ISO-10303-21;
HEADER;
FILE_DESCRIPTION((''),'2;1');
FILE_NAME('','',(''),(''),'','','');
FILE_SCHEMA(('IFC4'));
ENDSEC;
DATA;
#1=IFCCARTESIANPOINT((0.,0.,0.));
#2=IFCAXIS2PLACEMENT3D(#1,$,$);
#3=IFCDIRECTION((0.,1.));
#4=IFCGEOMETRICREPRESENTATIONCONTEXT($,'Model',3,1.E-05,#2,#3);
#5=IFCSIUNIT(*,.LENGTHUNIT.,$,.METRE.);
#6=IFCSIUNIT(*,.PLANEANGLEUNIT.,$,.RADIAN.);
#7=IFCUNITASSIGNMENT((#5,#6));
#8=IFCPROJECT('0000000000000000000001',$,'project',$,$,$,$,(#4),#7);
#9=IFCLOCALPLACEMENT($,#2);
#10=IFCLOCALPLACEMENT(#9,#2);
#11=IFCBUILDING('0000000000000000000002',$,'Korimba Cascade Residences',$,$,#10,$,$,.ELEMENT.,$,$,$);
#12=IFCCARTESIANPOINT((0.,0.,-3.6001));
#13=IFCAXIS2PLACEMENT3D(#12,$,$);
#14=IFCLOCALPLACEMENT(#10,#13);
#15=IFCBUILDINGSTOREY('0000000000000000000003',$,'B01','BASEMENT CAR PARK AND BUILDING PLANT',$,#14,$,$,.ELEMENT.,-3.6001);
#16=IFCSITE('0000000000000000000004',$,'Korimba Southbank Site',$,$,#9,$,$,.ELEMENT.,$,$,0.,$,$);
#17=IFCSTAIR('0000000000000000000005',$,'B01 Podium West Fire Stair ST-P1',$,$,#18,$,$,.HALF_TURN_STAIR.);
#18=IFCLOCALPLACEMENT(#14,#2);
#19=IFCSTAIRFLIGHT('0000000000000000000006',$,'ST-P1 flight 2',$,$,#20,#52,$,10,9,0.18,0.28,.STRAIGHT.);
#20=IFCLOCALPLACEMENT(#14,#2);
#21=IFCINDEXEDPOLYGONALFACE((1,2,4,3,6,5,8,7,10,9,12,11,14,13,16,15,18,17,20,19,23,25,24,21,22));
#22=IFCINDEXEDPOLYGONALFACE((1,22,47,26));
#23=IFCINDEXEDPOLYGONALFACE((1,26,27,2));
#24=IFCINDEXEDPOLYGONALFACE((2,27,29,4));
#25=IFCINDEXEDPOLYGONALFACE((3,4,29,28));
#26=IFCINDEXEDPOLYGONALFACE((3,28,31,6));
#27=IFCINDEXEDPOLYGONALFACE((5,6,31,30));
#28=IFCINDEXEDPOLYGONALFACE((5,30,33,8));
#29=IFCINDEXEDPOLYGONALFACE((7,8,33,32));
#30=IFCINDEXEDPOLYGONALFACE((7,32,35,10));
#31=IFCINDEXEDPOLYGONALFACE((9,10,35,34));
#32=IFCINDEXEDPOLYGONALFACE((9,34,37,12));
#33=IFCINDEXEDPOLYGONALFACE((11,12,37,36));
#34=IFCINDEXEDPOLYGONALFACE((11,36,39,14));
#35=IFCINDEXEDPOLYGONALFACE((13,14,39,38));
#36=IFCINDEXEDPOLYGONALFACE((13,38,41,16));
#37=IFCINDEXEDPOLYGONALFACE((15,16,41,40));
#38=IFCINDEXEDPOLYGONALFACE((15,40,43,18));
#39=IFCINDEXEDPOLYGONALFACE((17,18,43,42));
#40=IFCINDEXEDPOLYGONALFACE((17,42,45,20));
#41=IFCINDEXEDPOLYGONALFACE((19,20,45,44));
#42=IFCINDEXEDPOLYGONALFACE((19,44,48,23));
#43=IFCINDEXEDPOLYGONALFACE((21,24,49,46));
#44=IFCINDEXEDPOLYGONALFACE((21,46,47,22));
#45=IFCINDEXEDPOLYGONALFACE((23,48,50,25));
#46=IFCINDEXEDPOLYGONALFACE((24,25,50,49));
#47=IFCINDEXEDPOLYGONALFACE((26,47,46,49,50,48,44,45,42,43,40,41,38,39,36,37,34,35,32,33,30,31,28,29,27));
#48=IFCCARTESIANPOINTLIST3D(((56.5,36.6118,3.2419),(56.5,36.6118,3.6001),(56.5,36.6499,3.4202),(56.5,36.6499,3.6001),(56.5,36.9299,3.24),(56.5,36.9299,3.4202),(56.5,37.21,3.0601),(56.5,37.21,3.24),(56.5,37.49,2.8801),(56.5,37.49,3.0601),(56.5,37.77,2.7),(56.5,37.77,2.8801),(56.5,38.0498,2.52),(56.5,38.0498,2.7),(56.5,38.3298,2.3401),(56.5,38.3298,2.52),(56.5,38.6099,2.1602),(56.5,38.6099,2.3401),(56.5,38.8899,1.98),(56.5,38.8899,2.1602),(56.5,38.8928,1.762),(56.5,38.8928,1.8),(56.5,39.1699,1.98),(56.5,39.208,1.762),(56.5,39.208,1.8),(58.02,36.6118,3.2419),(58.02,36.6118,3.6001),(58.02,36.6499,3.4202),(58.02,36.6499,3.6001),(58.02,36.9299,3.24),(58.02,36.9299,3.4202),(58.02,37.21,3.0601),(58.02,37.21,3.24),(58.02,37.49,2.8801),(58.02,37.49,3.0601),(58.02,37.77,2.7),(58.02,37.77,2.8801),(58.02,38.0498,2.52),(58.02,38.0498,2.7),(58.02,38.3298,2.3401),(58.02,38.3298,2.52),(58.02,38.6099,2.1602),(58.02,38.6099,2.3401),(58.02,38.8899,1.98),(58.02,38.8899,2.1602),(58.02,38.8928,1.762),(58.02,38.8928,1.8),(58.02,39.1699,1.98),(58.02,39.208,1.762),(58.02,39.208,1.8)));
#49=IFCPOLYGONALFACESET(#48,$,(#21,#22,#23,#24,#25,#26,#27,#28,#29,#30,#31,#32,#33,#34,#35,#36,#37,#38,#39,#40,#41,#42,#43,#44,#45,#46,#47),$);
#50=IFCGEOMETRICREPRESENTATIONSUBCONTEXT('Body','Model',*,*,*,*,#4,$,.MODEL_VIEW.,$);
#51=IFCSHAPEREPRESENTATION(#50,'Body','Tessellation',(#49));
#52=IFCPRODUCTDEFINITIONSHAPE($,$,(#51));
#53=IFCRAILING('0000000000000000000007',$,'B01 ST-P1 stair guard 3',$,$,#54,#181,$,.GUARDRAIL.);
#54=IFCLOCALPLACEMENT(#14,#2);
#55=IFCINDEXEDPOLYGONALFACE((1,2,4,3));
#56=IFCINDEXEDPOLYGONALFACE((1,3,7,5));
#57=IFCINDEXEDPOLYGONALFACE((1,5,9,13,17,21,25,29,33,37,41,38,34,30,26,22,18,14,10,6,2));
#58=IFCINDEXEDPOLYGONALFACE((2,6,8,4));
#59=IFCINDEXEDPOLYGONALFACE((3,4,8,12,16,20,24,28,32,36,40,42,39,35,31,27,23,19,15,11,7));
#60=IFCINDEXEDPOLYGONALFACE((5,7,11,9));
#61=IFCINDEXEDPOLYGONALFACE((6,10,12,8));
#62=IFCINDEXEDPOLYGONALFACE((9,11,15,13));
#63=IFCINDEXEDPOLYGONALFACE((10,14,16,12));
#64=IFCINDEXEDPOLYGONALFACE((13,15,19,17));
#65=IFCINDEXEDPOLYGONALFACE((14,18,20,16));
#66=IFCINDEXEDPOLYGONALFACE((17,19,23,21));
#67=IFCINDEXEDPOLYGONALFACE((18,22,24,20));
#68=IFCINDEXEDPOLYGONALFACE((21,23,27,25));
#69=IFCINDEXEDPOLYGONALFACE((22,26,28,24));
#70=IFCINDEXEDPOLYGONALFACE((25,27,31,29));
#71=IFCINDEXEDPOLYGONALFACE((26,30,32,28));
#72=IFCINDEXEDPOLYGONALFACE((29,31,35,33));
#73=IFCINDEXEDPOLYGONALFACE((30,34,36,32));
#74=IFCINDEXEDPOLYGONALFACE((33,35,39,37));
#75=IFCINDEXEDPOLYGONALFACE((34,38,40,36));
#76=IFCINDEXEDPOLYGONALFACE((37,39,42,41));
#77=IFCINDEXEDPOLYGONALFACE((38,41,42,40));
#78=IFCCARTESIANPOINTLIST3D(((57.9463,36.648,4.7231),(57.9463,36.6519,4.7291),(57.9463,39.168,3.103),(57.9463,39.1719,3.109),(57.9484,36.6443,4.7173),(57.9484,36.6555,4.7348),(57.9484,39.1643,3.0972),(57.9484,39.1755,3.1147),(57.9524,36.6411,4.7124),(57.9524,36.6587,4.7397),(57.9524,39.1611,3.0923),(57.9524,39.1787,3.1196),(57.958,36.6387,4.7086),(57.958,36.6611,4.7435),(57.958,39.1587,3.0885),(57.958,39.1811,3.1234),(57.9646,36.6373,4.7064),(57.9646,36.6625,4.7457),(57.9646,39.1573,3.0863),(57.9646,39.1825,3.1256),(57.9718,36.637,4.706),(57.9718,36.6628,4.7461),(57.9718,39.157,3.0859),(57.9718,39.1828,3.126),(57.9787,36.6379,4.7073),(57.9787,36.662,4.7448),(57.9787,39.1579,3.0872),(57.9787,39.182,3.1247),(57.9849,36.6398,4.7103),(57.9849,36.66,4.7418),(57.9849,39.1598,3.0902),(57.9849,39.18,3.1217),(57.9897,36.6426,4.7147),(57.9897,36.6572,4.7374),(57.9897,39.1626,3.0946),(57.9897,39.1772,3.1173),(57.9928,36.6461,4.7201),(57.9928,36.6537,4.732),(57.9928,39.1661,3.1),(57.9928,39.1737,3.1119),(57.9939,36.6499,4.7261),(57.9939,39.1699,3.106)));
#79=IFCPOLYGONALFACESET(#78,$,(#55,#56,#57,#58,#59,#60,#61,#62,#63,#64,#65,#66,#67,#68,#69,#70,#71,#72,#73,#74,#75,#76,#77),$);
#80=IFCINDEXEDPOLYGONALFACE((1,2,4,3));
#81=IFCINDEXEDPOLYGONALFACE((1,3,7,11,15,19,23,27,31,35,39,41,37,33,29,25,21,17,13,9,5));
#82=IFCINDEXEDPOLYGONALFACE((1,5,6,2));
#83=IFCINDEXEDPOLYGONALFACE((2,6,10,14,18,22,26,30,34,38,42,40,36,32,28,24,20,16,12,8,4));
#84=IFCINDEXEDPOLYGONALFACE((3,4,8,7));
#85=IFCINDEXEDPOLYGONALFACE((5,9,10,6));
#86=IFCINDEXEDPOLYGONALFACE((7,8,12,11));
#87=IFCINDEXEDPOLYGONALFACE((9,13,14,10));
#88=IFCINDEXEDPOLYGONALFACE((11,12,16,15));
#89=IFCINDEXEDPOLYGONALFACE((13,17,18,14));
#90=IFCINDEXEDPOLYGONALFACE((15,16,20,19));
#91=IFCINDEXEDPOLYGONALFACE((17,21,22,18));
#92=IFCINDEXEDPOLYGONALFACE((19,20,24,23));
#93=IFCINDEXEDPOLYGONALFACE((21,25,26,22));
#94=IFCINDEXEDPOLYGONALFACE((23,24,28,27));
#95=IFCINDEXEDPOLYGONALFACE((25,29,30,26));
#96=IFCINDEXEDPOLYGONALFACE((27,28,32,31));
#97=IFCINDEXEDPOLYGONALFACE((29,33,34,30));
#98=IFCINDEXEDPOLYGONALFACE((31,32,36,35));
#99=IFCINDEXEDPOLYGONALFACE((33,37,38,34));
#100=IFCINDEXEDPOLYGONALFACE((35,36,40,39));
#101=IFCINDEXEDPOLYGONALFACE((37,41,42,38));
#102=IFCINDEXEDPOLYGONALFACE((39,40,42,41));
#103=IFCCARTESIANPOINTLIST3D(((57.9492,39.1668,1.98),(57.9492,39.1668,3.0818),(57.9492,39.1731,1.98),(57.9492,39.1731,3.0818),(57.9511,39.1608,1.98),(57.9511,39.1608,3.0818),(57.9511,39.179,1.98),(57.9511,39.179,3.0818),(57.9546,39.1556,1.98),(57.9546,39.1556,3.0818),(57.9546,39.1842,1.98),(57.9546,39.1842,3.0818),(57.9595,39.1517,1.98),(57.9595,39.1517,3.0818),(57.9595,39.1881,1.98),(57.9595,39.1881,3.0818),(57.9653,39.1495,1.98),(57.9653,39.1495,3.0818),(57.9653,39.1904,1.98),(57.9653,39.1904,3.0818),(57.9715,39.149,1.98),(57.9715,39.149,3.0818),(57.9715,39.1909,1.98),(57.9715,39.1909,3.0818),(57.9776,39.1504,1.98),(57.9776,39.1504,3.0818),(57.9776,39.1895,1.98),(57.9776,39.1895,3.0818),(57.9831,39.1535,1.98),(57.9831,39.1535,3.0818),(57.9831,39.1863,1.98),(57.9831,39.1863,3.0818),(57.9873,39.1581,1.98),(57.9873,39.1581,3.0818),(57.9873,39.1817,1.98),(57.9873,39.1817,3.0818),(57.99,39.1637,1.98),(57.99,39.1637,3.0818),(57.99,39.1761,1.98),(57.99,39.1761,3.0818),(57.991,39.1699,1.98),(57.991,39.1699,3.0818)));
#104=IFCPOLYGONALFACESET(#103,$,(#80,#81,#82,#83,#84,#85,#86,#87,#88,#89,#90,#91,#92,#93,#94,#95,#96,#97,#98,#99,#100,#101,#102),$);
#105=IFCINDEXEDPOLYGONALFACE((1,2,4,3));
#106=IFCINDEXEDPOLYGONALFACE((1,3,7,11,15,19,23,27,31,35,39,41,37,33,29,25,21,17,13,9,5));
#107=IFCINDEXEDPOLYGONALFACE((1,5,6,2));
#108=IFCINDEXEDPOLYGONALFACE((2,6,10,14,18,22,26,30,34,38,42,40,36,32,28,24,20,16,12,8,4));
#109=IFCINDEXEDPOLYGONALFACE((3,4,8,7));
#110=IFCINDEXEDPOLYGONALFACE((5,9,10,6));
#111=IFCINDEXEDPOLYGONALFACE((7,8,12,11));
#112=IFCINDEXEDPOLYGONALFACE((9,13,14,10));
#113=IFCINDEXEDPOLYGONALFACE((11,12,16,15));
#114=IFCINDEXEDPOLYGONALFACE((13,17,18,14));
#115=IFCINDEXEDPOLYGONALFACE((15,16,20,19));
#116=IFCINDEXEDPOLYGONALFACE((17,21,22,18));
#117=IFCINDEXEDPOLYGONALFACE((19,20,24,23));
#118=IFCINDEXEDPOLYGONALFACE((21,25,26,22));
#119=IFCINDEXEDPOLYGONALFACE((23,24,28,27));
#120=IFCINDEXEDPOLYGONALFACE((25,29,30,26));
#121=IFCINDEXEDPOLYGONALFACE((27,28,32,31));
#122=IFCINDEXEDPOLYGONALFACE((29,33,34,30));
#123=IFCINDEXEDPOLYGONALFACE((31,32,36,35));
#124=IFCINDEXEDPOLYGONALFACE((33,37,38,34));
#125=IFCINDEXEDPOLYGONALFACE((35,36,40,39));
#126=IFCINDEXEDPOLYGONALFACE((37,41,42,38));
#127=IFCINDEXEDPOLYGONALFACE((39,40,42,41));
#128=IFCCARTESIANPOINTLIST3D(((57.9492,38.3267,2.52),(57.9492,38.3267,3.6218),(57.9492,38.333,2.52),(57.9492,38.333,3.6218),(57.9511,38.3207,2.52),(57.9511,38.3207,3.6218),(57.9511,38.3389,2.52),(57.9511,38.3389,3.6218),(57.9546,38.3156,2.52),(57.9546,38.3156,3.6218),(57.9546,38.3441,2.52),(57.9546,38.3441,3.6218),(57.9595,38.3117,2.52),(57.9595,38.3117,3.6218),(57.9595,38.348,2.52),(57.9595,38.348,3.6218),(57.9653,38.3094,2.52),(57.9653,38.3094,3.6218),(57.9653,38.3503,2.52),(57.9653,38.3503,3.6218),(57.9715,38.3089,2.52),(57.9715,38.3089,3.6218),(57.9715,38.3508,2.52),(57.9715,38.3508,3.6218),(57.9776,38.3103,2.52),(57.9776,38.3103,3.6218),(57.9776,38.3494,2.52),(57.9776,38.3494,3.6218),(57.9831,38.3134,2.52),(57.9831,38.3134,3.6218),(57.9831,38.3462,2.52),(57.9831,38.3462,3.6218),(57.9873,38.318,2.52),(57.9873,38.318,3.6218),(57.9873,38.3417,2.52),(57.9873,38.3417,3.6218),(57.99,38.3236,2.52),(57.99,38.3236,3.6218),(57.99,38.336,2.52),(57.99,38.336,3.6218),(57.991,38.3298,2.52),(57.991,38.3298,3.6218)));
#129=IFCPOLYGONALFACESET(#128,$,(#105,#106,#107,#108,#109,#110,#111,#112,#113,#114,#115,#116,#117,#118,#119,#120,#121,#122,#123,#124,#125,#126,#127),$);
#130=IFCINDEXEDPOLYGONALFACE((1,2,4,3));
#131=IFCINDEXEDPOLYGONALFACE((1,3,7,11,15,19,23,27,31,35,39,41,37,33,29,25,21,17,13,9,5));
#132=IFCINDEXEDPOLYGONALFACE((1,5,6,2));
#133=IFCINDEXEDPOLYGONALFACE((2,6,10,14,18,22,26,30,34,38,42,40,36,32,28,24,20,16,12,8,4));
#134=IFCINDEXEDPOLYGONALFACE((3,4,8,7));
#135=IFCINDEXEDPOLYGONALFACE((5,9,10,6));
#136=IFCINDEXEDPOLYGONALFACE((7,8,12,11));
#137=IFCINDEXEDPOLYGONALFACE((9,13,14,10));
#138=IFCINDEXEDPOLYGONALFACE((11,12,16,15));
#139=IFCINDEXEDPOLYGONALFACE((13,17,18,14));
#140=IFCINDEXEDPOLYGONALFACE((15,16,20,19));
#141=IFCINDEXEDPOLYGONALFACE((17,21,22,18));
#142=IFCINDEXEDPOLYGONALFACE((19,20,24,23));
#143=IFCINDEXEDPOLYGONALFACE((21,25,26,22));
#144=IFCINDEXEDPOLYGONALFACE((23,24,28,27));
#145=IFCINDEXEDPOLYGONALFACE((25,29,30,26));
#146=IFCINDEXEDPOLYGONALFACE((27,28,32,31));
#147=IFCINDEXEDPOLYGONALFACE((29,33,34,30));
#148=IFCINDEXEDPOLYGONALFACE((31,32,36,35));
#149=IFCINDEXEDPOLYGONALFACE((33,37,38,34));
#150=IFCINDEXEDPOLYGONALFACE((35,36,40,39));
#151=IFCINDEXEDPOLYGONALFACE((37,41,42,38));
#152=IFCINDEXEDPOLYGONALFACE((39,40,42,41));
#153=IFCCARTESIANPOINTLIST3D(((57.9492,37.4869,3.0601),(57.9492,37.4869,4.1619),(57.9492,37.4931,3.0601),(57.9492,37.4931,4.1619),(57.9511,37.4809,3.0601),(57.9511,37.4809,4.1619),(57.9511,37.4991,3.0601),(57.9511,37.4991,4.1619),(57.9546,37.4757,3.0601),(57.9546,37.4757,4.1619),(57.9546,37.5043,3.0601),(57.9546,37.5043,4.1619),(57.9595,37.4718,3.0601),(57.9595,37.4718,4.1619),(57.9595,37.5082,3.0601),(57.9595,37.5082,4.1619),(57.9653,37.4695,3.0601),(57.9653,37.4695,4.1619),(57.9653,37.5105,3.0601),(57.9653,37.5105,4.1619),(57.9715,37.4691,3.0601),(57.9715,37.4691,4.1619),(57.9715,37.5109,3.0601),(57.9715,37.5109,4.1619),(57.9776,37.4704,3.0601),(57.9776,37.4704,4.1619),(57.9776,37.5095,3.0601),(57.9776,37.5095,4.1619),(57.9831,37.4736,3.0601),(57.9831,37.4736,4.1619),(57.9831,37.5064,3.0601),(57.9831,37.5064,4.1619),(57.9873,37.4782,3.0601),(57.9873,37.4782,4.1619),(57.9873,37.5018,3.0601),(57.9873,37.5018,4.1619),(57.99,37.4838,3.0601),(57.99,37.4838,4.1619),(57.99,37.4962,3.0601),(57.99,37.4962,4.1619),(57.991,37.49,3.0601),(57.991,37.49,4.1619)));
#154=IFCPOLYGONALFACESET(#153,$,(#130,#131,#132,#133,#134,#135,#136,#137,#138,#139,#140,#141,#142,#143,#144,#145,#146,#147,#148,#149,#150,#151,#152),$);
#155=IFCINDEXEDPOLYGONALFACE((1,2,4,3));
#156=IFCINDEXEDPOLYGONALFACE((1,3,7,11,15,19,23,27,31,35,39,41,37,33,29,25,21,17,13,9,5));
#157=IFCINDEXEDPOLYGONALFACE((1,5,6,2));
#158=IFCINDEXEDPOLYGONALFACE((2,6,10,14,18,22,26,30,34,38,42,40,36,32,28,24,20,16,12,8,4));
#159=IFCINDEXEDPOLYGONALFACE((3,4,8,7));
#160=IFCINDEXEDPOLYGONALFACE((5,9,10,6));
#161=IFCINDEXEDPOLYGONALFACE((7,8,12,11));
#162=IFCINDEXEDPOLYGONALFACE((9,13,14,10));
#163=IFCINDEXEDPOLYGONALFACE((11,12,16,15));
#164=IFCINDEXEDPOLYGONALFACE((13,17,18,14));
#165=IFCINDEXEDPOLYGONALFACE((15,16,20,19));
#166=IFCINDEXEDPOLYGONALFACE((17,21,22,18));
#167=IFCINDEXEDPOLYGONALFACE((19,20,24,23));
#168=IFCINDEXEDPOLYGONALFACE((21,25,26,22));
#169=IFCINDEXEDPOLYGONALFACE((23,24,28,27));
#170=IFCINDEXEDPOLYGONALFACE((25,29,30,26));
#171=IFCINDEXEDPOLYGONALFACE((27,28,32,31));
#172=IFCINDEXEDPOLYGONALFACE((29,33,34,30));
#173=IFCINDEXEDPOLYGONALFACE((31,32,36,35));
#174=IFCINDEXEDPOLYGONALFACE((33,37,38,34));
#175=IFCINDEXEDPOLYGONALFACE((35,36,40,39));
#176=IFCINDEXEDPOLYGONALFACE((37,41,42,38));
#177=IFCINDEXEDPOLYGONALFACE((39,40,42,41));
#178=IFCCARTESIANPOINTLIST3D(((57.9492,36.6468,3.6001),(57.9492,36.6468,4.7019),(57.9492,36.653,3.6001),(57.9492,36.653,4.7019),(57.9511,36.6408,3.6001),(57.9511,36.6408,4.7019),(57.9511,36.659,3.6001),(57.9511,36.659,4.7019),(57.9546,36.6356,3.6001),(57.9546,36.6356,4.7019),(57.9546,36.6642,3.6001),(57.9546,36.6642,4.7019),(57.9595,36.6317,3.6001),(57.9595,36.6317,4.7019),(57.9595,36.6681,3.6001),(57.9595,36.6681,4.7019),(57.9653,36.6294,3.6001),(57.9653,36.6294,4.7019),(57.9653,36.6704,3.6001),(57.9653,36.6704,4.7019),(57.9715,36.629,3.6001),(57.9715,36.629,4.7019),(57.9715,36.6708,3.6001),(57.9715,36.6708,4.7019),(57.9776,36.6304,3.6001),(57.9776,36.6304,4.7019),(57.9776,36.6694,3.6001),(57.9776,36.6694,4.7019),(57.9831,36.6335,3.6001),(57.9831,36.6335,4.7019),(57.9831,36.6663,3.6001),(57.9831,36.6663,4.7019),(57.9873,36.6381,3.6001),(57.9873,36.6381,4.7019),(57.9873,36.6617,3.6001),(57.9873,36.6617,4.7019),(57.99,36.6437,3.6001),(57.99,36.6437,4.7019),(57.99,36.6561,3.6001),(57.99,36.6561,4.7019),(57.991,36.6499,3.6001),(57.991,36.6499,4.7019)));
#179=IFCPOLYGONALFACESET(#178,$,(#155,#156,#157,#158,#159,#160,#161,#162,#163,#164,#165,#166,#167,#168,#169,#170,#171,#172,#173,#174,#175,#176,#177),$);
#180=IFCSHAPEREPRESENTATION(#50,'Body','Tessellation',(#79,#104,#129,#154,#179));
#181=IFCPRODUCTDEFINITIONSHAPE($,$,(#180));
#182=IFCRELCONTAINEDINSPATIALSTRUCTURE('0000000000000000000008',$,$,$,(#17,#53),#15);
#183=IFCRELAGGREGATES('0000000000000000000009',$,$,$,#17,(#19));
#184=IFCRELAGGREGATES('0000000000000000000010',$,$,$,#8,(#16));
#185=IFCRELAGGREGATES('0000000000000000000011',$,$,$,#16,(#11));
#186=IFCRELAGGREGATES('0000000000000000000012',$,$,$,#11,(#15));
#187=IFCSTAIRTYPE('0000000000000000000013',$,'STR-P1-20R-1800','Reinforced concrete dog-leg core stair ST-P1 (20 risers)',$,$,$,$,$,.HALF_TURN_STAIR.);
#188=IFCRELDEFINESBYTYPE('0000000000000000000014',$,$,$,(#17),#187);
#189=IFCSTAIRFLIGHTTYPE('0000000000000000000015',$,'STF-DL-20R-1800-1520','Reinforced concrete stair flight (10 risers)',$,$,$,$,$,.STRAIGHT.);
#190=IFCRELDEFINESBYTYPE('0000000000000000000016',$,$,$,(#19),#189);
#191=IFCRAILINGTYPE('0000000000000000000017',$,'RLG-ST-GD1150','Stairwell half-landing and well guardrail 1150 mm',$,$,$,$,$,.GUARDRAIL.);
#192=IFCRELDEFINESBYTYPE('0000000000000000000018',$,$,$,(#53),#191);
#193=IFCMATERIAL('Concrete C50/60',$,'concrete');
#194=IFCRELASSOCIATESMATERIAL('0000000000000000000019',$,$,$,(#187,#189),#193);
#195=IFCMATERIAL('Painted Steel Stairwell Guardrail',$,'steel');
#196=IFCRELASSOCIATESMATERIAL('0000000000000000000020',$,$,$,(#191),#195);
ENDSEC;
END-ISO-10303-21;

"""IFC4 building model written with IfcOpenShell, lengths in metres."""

from ifc_helpers import new_model, si_unit, direction, frame, origin, origin_2d, place, context, subcontext, project, spatial, polyline, circle, outline, extrude, material, type_object, element, aggregate, save


model = new_model("IFC4")

# Units and contexts
model_context = context("Model", 3, precision=1e-05, world=origin(), true_north=direction((0.0, 1.0)))
body_context = subcontext(model_context, "Body", "Model", "MODEL_VIEW")
ifc_project = project(units=[si_unit("LENGTHUNIT", "METRE"), si_unit("PLANEANGLEUNIT", "RADIAN")], contexts=[model_context])

# Site, building, storey
site_placement = place(None, origin())
site = spatial("IfcSite", under=ifc_project, at=site_placement, Name="Korimba Southbank Site", CompositionType="ELEMENT", RefElevation=0.0)
building_placement = place(site_placement, origin())
building = spatial("IfcBuilding", under=site, at=building_placement, Name="Korimba Cascade Residences", CompositionType="ELEMENT")
storey_placement = place(building_placement, frame((0.0, 0.0, -3.6001)))
storey = spatial("IfcBuildingStorey", under=building, at=storey_placement, Name="B01", Description="BASEMENT CAR PARK AND BUILDING PLANT", CompositionType="ELEMENT", Elevation=-3.6001)

# Stair
ifc_material_1 = material(Name="Concrete C50/60", Category="concrete")
stair_type_1 = type_object("IfcStairType", Name="STR-P1-20R-1800", Description="Reinforced concrete dog-leg core stair ST-P1 (20 risers)", PredefinedType="HALF_TURN_STAIR", material=ifc_material_1)
stair_1_placement = place(storey_placement, origin())
stair_1 = element("IfcStair", 1, at=stair_1_placement, inside=storey, type_object=stair_type_1, Name="B01 Podium West Fire Stair ST-P1", PredefinedType="HALF_TURN_STAIR")

# Stair flight
stair_flight_type = type_object("IfcStairFlightType", Name="STF-DL-20R-1800-1520", Description="Reinforced concrete stair flight (10 risers)", PredefinedType="STRAIGHT", material=ifc_material_1)
stair_flight_placement = place(storey_placement, frame((57.26, 39.1699, 1.8), z_axis=(0.0, 0.0, 1.0), x_axis=(0.0, -1.0, 0.0)))
stair_flight = element("IfcStairFlight", 2, at=stair_flight_placement, type_object=stair_flight_type, Name="ST-P1 flight 2", NumberOfRisers=10, NumberOfTreads=9, PredefinedType="STRAIGHT", RiserHeight=0.18, TreadLength=0.28, context=body_context, shape_type="SweptSolid", body=[
    extrude(outline(polyline([(-0.0381, 0.0), (0.0, 0.1799), (0.28, 0.1799), (0.28, 0.3601), (0.5601, 0.3601), (0.5601, 0.54), (0.8401, 0.54), (0.8401, 0.72), (1.1201, 0.72), (1.1201, 0.8999), (1.3999, 0.8999), (1.3999, 1.0801), (1.6799, 1.0801), (1.6799, 1.26), (1.96, 1.26), (1.96, 1.4399), (2.24, 1.4399), (2.24, 1.6201), (2.52, 1.6201), (2.52, 1.8), (2.5581, 1.8), (2.5581, 1.4419), (0.2771, 0.0), (0.2771, -0.0381), (-0.0381, -0.0381), (-0.0381, 0.0)])), frame((0.0, 0.76, 0.0), z_axis=(0.0, -1.0, 0.0), x_axis=(1.0, 0.0, 0.0)), (0.0, 0.0, 1.0), 1.52),
])
aggregate(stair_1, [stair_flight])

# Railing
ifc_material_2 = material(Name="Painted Steel Stairwell Guardrail", Category="steel")
railing_type_1 = type_object("IfcRailingType", Name="RLG-ST-GD1150", Description="Stairwell half-landing and well guardrail 1150 mm", PredefinedType="GUARDRAIL", material=ifc_material_2)
railing_placement = place(storey_placement, frame((57.97, 39.1699, 1.98)))
element("IfcRailing", 3, at=railing_placement, inside=storey, type_object=railing_type_1, Name="B01 ST-P1 stair guard 3", PredefinedType="GUARDRAIL", context=body_context, shape_type="SweptSolid", body=[
    extrude(circle(Radius=0.0239, at=origin_2d()), frame((0.0, 0.0, 1.126), z_axis=(0.0, -0.841163, 0.540782), x_axis=(1.0, 0.0, 0.0)), (0.0, 0.0, 1.0), 2.9958),
    extrude(circle(Radius=0.021, at=origin_2d()), origin(), (0.0, 0.0, 1.0), 1.1018),
    extrude(circle(Radius=0.021, at=origin_2d()), frame((0.0, -0.8401, 0.54)), (0.0, 0.0, 1.0), 1.1018),
    extrude(circle(Radius=0.021, at=origin_2d()), frame((0.0, -1.6799, 1.0801)), (0.0, 0.0, 1.0), 1.1018),
    extrude(circle(Radius=0.021, at=origin_2d()), frame((0.0, -2.52, 1.6201)), (0.0, 0.0, 1.0), 1.1018),
])

save(model, "model.ifc")
